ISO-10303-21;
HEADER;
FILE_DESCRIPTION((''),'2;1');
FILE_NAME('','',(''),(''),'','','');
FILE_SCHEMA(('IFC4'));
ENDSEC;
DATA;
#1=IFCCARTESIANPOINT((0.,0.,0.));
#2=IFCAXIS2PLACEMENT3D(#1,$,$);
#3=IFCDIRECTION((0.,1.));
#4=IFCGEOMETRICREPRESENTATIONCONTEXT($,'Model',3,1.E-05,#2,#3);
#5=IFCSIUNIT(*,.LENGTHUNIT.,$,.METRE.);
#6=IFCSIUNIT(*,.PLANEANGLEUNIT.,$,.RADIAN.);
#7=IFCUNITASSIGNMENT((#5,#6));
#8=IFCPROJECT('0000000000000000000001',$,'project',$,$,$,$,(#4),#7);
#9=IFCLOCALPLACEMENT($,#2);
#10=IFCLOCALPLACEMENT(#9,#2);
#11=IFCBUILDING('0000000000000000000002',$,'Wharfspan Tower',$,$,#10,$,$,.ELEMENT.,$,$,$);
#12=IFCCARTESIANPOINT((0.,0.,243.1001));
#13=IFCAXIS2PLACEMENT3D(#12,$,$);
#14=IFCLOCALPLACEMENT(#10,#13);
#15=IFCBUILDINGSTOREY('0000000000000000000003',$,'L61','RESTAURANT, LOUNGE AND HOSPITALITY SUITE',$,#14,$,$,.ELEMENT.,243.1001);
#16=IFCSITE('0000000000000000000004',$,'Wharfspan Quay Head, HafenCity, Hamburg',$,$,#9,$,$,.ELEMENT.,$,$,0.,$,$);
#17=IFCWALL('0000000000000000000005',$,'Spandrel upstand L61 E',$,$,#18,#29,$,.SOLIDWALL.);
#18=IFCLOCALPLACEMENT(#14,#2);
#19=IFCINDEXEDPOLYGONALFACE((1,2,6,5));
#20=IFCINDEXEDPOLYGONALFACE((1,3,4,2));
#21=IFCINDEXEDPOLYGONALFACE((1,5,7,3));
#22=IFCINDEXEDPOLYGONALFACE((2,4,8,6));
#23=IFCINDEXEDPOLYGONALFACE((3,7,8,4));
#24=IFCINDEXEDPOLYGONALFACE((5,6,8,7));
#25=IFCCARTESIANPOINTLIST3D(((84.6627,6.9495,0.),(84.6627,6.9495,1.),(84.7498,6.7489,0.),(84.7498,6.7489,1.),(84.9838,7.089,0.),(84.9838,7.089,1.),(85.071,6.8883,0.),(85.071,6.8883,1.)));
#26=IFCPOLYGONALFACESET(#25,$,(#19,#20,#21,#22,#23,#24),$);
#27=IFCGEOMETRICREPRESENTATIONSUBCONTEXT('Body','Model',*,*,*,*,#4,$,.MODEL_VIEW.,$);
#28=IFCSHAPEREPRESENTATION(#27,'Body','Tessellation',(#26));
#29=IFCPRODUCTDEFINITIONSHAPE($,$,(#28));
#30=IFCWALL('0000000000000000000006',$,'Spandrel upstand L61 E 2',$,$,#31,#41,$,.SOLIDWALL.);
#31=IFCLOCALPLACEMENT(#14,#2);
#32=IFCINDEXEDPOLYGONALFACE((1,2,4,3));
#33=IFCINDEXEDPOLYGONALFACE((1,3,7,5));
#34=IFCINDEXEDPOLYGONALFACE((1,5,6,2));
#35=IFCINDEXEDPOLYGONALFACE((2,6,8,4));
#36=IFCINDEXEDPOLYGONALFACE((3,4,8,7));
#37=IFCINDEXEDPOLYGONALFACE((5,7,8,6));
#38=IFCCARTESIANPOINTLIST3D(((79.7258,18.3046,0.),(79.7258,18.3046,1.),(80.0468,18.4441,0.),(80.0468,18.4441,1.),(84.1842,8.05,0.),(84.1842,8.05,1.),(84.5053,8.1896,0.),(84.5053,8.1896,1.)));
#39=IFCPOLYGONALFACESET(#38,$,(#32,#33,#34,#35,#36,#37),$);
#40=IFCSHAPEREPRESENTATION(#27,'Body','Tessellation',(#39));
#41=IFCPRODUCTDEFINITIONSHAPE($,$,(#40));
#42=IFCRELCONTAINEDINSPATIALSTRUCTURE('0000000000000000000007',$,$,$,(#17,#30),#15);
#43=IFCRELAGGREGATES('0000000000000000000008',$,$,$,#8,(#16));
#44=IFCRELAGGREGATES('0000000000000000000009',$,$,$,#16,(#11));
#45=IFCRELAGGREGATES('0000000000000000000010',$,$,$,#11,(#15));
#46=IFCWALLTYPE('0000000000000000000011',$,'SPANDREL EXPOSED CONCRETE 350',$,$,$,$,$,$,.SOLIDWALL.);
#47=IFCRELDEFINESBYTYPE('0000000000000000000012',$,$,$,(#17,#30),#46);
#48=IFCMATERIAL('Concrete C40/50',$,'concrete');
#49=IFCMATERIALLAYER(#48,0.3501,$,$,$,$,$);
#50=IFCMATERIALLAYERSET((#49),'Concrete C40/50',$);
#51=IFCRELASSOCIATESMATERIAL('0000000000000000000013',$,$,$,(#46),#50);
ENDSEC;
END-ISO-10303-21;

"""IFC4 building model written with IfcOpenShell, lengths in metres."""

from ifc_helpers import new_model, si_unit, direction, frame, frame_2d, origin, place, context, subcontext, project, spatial, rectangle, extrude, material, layer, layer_set, type_object, element, save


model = new_model("IFC4")

# Units and contexts
model_context = context("Model", 3, precision=1e-05, world=origin(), true_north=direction((0.0, 1.0)))
body_context = subcontext(model_context, "Body", "Model", "MODEL_VIEW")
ifc_project = project(units=[si_unit("LENGTHUNIT", "METRE"), si_unit("PLANEANGLEUNIT", "RADIAN")], contexts=[model_context])

# Site, building, storey
site_placement = place(None, origin())
site = spatial("IfcSite", under=ifc_project, at=site_placement, Name="Wharfspan Quay Head, HafenCity, Hamburg", CompositionType="ELEMENT", RefElevation=0.0)
building_placement = place(site_placement, origin())
building = spatial("IfcBuilding", under=site, at=building_placement, Name="Wharfspan Tower", CompositionType="ELEMENT")
storey_placement = place(building_placement, frame((0.0, 0.0, 243.1001)))
storey = spatial("IfcBuildingStorey", under=building, at=storey_placement, Name="L61", Description="RESTAURANT, LOUNGE AND HOSPITALITY SUITE", CompositionType="ELEMENT", Elevation=243.1001)

# Walls
ifc_material_1 = material(Name="Concrete C40/50", Category="concrete")
ifc_layer_1 = layer(ifc_material_1, 0.3501)
ifc_layer_set_1 = layer_set([ifc_layer_1], Name="Concrete C40/50")
wall_type_1 = type_object("IfcWallType", Name="SPANDREL EXPOSED CONCRETE 350", PredefinedType="SOLIDWALL", material=ifc_layer_set_1)
wall_1_placement = place(storey_placement, frame((84.9104, 6.8186, 0.0), z_axis=(0.0, 0.0, 1.0), x_axis=(-0.398359, 0.91723, 0.0)))
element("IfcWall", 1, at=wall_1_placement, inside=storey, type_object=wall_type_1, Name="Spandrel upstand L61 E", PredefinedType="SOLIDWALL", context=body_context, shape_type="SweptSolid", body=[
    extrude(rectangle(XDim=0.2188, YDim=0.3501, at=frame_2d((0.1094, 0.0))), origin(), (0.0, 0.0, 1.0), 1.0),
])
wall_2_placement = place(storey_placement, frame((84.3447, 8.1199, 0.0), z_axis=(0.0, 0.0, 1.0), x_axis=(-0.398721, 0.917067, 0.0)))
element("IfcWall", 2, at=wall_2_placement, inside=storey, type_object=wall_type_1, Name="Spandrel upstand L61 E 2", PredefinedType="SOLIDWALL", context=body_context, shape_type="SweptSolid", body=[
    extrude(rectangle(XDim=11.1819, YDim=0.3501, at=frame_2d((5.5908, 0.0))), origin(), (0.0, 0.0, 1.0), 1.0),
])

save(model, "model.ifc")
